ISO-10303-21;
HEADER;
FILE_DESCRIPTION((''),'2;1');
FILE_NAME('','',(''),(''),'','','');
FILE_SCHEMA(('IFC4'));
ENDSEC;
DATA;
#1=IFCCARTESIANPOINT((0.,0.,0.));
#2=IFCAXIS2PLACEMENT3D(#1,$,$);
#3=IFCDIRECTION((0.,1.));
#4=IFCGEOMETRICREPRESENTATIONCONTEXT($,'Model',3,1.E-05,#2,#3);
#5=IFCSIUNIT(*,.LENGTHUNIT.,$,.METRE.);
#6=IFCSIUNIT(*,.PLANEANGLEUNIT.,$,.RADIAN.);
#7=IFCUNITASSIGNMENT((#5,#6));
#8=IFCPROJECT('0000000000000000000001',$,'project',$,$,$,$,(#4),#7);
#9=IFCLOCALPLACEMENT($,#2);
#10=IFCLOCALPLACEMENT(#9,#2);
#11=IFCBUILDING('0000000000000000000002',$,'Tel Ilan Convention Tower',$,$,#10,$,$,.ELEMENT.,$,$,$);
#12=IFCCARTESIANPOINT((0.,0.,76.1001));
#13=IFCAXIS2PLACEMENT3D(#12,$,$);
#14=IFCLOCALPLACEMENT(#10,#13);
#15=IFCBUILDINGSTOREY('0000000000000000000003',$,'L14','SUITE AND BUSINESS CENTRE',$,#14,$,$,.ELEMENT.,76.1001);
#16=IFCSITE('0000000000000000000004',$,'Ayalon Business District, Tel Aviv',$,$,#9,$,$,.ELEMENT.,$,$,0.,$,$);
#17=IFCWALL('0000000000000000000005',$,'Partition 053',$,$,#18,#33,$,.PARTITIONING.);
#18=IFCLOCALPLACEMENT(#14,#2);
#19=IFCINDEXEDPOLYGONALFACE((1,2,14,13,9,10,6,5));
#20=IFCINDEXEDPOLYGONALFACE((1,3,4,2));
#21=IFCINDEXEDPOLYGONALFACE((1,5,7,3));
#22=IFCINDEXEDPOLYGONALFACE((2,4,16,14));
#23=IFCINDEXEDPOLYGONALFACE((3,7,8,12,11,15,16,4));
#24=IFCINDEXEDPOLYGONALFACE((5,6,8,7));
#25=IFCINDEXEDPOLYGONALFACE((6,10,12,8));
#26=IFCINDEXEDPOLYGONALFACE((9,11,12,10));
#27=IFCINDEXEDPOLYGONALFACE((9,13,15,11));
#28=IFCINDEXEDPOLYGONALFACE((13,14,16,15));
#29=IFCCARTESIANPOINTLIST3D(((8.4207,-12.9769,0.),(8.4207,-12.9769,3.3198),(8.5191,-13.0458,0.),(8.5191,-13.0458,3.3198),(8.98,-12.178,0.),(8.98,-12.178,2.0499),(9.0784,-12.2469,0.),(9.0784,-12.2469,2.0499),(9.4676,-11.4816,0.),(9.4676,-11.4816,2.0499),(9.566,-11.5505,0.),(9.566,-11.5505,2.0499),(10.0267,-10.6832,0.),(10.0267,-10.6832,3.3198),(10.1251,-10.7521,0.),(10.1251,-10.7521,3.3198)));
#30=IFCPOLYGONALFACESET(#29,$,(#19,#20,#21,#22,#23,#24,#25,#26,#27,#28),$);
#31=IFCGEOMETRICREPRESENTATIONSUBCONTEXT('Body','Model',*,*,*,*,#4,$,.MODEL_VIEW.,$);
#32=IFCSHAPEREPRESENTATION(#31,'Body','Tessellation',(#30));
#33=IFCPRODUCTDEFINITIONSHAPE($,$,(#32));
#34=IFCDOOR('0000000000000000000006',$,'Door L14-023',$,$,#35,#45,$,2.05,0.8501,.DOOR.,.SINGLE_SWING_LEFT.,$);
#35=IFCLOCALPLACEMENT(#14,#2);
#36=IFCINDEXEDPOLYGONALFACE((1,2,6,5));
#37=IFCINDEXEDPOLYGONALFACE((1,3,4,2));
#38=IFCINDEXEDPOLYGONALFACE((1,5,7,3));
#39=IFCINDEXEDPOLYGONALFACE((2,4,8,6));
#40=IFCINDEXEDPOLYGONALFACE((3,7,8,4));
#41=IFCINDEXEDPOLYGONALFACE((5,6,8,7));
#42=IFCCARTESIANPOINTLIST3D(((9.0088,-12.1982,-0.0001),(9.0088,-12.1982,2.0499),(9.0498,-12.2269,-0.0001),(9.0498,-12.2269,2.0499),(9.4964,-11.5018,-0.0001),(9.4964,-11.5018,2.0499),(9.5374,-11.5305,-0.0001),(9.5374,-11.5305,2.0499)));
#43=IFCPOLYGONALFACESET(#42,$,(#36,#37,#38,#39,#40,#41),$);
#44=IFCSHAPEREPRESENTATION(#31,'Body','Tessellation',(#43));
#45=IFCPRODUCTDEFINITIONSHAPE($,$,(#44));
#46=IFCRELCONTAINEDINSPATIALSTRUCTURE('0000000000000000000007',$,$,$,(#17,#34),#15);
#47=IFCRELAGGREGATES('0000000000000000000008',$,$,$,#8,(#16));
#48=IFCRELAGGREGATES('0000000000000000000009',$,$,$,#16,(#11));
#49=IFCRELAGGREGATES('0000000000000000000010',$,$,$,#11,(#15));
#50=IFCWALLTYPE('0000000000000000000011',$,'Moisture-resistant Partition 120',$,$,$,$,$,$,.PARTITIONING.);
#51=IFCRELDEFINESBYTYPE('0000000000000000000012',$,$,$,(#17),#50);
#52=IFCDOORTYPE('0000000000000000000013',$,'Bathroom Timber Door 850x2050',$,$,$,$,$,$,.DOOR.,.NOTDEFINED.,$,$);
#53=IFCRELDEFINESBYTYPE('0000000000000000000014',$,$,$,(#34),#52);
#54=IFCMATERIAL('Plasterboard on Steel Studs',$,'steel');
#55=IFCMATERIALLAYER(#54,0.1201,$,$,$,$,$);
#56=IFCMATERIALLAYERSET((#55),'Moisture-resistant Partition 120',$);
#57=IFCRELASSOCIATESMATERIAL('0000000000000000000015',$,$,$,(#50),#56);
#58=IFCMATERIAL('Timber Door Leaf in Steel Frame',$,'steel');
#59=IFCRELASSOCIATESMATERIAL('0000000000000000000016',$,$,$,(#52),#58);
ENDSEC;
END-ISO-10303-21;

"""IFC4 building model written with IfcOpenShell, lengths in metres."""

from ifc_helpers import new_model, si_unit, direction, frame, frame_2d, origin, place, context, subcontext, project, spatial, rectangle, extrude, material, layer, layer_set, type_object, element, fill, save


model = new_model("IFC4")

# Units and contexts
model_context = context("Model", 3, precision=1e-05, world=origin(), true_north=direction((0.0, 1.0)))
body_context = subcontext(model_context, "Body", "Model", "MODEL_VIEW")
ifc_project = project(units=[si_unit("LENGTHUNIT", "METRE"), si_unit("PLANEANGLEUNIT", "RADIAN")], contexts=[model_context])

# Site, building, storey
site_placement = place(None, origin())
site = spatial("IfcSite", under=ifc_project, at=site_placement, Name="Ayalon Business District, Tel Aviv", CompositionType="ELEMENT", RefElevation=0.0)
building_placement = place(site_placement, origin())
building = spatial("IfcBuilding", under=site, at=building_placement, Name="Tel Ilan Convention Tower", CompositionType="ELEMENT")
storey_placement = place(building_placement, frame((0.0, 0.0, 76.1001)))
storey = spatial("IfcBuildingStorey", under=building, at=storey_placement, Name="L14", Description="SUITE AND BUSINESS CENTRE", CompositionType="ELEMENT", Elevation=76.1001)

# Shared definitions
ifc_material_1 = material(Name="Plasterboard on Steel Studs", Category="steel")
ifc_layer_1 = layer(ifc_material_1, 0.1201)
ifc_layer_set_1 = layer_set([ifc_layer_1], Name="Moisture-resistant Partition 120")
wall_type_1 = type_object("IfcWallType", Name="Moisture-resistant Partition 120", PredefinedType="PARTITIONING", material=ifc_layer_set_1)
ifc_material_2 = material(Name="Timber Door Leaf in Steel Frame", Category="steel")
door_type_1 = type_object("IfcDoorType", Name="Bathroom Timber Door 850x2050", OperationType="NOTDEFINED", PredefinedType="DOOR", material=ifc_material_2)

# Wall, opening, door
wall_1_placement = place(storey_placement, frame((8.47, -13.0112, 0.0), z_axis=(0.0, 0.0, 1.0), x_axis=(0.57355, 0.81917, 0.0)))
wall_1 = element("IfcWall", 1, at=wall_1_placement, inside=storey, type_object=wall_type_1, Name="Partition 053", PredefinedType="PARTITIONING", context=body_context, shape_type="SweptSolid", body=[
    extrude(rectangle(XDim=2.8, YDim=0.1201, at=frame_2d((1.3999, 0.0))), origin(), (0.0, 0.0, 1.0), 3.3198),
])
opening_1_placement = place(wall_1_placement, frame((0.9751, 0.0, 0.0)))
opening_1 = element("IfcOpeningElement", 2, at=opening_1_placement, cuts=wall_1, PredefinedType="OPENING", context=body_context, shape_type="SweptSolid", body=[
    extrude(rectangle(XDim=0.8501, YDim=2.05, at=frame_2d((0.425, 1.0249))), frame((0.0, 0.0701, 0.0), z_axis=(0.0, -1.0, 0.0), x_axis=(1.0, 0.0, 0.0)), (0.0, 0.0, 1.0), 0.1401),
])
door_1_placement = place(opening_1_placement, origin())
door_1 = element("IfcDoor", 3, at=door_1_placement, inside=storey, type_object=door_type_1, Name="Door L14-023", OperationType="SINGLE_SWING_LEFT", OverallHeight=2.05, OverallWidth=0.8501, PredefinedType="DOOR", context=body_context, shape_type="SweptSolid", body=[
    extrude(rectangle(XDim=0.8501, YDim=2.05, at=frame_2d((0.425, 1.0249))), frame((0.0, 0.0249, 0.0), z_axis=(0.0, -1.0, 0.0), x_axis=(1.0, 0.0, 0.0)), (0.0, 0.0, 1.0), 0.05),
])
fill(opening_1, door_1)

save(model, "model.ifc")
